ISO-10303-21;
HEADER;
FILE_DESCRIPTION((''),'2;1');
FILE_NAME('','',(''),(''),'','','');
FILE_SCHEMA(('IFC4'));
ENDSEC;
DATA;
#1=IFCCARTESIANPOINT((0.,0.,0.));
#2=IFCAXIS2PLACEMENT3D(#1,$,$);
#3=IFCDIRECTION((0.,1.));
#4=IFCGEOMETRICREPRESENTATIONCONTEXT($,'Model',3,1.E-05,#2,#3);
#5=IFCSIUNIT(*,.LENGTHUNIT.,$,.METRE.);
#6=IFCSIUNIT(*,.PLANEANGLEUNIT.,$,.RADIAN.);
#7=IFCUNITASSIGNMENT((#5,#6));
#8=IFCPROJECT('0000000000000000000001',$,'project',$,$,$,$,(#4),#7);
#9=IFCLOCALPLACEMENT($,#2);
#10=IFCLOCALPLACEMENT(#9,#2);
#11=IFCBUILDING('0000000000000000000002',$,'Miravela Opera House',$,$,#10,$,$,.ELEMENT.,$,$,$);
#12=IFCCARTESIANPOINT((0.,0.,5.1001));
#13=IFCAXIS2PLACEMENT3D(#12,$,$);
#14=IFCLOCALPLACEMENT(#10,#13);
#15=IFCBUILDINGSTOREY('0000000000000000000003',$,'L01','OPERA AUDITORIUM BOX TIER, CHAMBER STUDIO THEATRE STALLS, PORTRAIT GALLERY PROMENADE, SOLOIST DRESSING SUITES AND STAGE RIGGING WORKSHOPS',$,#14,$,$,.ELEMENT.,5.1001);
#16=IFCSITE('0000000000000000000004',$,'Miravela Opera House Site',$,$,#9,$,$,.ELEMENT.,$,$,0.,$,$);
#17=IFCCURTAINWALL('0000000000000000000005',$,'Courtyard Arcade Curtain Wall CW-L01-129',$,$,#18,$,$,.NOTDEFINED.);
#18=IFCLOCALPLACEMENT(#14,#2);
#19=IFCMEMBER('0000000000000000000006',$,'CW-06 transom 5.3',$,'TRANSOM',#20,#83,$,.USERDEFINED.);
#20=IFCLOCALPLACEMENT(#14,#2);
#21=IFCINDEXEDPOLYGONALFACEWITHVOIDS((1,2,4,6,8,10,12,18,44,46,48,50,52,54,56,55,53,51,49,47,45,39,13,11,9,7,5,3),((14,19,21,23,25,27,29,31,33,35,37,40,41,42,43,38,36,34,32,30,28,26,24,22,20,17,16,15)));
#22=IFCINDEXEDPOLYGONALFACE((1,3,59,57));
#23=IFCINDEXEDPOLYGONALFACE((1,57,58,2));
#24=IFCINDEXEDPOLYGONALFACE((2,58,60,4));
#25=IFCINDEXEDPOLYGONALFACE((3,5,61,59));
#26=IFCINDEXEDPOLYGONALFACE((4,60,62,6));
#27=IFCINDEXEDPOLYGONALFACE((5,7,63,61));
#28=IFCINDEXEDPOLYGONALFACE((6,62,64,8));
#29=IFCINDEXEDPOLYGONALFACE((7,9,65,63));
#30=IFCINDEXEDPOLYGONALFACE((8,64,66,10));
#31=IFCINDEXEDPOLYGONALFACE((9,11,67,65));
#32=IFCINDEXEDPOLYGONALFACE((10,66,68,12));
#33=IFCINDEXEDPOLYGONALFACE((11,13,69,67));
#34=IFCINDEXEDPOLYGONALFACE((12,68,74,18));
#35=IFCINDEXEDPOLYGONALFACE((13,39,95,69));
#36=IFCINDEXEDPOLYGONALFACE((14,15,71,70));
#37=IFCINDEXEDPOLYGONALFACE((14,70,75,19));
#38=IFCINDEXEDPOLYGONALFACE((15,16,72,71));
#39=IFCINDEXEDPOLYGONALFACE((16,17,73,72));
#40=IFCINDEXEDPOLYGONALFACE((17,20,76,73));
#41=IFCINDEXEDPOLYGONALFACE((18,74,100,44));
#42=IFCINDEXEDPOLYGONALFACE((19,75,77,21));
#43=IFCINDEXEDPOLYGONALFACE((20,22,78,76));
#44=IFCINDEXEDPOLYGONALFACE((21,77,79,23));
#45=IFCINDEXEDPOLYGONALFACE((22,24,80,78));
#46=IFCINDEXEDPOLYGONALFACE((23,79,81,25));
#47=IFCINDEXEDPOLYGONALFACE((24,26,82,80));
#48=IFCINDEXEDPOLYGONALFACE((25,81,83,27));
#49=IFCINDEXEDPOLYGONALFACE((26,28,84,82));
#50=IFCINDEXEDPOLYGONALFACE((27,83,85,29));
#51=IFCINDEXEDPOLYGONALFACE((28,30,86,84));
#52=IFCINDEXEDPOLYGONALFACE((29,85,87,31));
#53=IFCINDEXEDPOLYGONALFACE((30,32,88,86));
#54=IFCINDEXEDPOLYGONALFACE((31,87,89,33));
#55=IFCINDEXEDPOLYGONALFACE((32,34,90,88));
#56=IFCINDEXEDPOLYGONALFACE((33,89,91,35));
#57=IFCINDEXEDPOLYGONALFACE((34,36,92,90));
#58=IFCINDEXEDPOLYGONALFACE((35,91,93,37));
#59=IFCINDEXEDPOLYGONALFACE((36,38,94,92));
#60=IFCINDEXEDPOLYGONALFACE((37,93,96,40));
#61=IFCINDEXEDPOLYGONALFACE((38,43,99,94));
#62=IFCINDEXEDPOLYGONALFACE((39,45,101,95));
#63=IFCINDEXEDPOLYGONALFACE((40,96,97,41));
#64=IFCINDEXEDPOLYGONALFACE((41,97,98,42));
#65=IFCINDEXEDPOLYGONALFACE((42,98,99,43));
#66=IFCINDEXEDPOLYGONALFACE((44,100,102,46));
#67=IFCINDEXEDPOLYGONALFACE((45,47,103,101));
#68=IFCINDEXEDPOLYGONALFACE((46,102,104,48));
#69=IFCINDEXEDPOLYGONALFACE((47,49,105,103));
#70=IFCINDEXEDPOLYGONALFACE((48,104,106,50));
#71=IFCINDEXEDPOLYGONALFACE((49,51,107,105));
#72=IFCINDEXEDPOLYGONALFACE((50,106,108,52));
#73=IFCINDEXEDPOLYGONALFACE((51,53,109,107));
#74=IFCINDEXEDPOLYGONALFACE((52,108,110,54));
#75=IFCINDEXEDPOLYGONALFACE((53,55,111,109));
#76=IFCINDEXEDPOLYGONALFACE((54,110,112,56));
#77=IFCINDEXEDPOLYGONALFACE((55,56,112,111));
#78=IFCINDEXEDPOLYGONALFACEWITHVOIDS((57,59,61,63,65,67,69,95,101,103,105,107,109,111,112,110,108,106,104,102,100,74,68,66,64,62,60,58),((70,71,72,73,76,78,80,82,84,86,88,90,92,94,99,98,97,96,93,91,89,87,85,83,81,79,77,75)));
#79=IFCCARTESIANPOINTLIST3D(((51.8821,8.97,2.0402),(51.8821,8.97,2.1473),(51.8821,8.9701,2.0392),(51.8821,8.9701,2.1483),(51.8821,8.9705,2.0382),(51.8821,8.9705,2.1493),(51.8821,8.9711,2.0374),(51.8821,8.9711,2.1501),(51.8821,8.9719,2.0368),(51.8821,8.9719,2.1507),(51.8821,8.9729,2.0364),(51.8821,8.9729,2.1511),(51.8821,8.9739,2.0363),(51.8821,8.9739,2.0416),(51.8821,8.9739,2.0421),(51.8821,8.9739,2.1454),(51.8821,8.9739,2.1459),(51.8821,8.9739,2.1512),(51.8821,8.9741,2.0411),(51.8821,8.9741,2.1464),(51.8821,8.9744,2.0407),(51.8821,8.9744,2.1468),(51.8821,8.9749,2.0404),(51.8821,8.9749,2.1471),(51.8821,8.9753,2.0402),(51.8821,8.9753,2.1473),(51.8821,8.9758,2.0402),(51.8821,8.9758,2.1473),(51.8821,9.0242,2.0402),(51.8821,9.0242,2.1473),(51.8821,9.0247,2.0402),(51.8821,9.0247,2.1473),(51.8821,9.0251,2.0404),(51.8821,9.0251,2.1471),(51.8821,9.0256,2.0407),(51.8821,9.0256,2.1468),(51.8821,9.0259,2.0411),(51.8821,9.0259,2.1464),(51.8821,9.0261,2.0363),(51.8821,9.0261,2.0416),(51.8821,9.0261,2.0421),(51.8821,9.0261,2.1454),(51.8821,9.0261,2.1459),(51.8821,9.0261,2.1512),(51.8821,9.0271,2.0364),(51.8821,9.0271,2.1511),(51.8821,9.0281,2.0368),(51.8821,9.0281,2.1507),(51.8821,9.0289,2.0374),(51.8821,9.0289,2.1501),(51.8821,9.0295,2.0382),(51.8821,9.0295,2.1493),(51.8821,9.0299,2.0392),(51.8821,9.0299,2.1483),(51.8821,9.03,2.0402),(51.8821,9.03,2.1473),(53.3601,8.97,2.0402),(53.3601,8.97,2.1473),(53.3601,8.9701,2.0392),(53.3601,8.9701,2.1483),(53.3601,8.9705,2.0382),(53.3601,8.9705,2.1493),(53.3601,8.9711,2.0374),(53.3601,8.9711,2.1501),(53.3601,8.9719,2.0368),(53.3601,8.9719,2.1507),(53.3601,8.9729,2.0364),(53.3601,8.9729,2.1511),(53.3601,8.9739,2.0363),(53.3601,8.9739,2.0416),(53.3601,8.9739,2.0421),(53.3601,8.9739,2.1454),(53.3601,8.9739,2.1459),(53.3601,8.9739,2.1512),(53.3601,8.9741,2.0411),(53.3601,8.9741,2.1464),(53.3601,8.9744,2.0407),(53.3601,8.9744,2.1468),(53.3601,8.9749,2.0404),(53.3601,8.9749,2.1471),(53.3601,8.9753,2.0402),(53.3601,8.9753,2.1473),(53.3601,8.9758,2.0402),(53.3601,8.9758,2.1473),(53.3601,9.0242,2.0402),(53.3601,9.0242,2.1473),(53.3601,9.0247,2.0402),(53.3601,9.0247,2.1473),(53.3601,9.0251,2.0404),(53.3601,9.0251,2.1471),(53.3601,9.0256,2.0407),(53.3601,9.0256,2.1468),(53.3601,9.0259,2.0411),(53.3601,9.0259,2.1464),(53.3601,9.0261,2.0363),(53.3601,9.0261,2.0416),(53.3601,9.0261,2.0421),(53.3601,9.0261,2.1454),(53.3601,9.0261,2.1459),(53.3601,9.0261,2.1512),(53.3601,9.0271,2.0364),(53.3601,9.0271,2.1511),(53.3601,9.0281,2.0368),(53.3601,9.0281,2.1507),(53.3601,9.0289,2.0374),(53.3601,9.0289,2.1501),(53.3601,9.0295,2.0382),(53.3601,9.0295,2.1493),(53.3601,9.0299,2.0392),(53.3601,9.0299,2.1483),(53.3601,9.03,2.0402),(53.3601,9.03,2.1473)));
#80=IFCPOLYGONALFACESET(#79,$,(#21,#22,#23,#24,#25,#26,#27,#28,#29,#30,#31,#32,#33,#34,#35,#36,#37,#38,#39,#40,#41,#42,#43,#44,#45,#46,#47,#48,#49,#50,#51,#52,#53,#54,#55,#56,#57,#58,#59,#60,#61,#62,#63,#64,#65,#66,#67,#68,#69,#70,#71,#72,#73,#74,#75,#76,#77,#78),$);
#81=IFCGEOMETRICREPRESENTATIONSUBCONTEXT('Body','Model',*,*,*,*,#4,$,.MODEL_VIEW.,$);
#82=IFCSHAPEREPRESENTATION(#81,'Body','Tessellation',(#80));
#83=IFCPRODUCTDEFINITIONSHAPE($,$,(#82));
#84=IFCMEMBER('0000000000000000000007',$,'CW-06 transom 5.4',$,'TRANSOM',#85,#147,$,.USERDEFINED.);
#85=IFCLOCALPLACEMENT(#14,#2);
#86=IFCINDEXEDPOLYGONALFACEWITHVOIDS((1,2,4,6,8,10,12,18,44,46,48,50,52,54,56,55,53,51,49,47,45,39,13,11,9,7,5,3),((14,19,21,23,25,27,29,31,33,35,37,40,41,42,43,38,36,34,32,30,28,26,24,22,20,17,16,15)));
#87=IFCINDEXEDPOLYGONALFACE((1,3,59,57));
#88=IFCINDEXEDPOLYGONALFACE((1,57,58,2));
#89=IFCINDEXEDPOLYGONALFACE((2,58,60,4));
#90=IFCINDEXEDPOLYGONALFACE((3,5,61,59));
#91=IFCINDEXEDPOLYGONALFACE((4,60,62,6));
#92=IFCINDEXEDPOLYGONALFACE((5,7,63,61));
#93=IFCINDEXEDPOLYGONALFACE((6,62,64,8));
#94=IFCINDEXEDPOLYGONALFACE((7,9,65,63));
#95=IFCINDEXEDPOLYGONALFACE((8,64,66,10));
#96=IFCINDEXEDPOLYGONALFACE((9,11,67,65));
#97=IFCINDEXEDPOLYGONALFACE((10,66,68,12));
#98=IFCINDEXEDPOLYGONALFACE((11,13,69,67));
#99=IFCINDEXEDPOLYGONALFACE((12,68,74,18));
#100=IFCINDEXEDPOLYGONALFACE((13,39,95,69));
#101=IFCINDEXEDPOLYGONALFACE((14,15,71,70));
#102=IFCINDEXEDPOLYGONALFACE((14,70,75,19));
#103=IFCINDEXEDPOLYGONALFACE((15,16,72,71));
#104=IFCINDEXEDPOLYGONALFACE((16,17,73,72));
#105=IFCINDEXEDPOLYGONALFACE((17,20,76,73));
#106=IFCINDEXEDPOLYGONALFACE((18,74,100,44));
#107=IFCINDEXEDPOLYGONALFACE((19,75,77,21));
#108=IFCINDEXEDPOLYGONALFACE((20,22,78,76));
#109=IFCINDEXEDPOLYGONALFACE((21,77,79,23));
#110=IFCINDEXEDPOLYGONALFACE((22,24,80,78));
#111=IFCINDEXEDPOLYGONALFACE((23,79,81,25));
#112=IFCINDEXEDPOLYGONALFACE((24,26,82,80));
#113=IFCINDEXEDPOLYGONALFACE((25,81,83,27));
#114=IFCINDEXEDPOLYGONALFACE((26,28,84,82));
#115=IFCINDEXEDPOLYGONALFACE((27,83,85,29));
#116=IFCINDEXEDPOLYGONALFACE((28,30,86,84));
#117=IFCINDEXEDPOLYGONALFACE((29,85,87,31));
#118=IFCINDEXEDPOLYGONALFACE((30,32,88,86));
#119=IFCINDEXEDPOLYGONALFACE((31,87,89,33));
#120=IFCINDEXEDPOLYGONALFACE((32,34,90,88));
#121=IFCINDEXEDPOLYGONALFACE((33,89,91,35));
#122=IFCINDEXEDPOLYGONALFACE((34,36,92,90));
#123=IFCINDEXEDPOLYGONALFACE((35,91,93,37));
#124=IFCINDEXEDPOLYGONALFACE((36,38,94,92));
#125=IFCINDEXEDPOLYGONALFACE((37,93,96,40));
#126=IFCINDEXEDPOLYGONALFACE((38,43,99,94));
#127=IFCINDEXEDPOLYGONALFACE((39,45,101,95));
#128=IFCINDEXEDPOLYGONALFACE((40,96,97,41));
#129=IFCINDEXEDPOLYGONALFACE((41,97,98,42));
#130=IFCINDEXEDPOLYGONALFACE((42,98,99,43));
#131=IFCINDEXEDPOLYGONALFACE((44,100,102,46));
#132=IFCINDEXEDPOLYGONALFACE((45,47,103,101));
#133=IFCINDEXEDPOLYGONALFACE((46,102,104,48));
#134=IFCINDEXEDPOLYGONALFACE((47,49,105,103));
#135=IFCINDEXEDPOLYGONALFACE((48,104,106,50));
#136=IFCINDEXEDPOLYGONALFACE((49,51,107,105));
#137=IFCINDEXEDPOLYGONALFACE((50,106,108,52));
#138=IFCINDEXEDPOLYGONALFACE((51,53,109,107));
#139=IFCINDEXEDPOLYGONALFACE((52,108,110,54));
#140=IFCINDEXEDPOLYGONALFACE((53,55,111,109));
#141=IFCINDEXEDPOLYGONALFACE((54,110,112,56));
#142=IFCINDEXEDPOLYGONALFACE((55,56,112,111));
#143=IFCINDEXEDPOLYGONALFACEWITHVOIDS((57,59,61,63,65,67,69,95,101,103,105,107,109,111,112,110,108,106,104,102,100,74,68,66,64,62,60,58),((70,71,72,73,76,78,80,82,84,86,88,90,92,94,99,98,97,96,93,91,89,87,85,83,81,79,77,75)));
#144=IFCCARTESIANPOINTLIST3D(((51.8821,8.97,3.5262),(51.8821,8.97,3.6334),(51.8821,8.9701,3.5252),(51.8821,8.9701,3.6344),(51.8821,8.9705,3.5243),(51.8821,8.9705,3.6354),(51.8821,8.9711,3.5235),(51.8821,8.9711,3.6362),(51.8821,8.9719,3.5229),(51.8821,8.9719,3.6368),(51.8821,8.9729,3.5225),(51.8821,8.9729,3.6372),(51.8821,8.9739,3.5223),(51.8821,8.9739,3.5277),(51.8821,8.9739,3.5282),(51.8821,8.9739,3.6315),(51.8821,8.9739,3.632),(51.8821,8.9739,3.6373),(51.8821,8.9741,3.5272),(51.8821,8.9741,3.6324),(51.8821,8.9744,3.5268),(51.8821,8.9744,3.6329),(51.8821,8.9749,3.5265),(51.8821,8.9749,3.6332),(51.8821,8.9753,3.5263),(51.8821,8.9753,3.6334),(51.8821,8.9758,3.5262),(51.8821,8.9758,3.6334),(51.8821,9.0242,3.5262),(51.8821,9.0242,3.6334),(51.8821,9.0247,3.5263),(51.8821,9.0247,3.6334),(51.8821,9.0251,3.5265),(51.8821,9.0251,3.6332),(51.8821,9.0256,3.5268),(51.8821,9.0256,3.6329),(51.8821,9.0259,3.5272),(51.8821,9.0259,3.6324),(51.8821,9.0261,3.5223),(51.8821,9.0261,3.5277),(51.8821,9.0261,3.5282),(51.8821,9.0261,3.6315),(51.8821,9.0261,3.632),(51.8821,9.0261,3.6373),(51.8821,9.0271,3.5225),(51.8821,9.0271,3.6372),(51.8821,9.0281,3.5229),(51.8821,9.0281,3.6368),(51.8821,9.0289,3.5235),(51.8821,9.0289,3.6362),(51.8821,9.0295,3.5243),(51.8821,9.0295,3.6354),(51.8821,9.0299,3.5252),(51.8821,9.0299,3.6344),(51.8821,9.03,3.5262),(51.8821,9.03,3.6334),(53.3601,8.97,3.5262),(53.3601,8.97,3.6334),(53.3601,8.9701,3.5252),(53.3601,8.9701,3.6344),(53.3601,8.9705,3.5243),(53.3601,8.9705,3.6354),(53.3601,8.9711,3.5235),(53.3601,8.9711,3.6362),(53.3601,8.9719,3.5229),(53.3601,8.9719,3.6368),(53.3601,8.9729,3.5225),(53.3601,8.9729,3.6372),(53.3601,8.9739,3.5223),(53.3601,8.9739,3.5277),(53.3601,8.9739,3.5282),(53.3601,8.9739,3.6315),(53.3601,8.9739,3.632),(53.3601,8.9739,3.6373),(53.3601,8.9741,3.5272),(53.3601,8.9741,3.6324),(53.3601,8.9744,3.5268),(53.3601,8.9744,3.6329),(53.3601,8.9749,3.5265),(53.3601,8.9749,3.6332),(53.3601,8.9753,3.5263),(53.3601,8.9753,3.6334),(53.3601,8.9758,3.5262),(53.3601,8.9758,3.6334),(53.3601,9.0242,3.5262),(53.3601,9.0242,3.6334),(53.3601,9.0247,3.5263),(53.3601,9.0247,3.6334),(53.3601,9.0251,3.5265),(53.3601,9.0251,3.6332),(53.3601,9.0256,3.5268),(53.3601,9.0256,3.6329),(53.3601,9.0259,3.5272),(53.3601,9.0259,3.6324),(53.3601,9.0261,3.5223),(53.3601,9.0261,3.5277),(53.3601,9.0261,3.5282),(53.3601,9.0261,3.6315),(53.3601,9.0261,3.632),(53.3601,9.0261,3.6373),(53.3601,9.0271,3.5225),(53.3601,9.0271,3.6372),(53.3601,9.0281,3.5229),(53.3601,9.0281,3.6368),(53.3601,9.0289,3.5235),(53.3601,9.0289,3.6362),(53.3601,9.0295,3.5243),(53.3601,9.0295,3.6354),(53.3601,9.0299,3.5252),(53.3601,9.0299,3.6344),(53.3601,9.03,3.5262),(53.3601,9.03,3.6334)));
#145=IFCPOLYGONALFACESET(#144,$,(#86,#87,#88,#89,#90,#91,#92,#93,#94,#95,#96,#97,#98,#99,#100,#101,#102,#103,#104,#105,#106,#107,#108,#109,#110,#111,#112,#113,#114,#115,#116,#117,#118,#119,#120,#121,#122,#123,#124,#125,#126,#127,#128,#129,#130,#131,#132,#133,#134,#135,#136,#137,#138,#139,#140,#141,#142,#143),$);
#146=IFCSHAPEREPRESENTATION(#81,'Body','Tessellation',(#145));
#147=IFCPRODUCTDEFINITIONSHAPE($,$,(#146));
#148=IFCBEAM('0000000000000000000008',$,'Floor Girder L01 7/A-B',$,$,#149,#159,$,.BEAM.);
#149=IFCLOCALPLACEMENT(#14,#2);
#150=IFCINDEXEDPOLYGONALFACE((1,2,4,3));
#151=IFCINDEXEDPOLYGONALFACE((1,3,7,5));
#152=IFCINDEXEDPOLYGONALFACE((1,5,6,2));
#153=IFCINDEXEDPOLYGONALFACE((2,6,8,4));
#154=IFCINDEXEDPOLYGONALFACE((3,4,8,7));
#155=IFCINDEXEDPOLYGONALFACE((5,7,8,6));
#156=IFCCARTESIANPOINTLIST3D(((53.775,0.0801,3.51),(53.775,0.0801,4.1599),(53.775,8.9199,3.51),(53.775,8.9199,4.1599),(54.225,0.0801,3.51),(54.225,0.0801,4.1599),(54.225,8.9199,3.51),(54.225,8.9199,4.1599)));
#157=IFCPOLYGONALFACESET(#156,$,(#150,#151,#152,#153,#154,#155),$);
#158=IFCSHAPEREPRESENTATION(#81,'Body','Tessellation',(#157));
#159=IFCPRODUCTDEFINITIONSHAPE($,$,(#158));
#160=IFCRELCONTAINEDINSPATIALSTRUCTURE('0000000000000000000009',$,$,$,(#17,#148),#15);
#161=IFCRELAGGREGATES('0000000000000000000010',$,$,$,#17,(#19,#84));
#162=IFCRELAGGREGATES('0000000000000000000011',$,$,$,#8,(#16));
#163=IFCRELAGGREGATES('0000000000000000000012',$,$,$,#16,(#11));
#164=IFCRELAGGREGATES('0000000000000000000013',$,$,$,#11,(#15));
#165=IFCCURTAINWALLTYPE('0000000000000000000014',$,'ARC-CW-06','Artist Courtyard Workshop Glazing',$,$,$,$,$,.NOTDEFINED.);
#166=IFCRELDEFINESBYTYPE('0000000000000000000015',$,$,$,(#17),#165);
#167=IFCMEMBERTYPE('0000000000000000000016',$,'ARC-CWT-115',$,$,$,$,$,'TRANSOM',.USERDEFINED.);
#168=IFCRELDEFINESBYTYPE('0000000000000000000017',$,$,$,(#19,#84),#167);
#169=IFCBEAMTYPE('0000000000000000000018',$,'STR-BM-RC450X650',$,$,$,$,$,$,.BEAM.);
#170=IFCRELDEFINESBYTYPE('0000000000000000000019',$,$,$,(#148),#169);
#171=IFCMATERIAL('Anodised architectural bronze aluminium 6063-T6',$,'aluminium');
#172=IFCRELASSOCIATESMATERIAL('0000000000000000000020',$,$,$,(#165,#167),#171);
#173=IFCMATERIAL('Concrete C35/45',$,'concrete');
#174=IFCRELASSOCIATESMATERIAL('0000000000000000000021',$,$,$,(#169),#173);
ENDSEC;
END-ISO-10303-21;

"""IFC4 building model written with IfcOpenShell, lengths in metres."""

from ifc_helpers import new_model, si_unit, direction, frame, origin, origin_2d, place, context, subcontext, project, spatial, rectangle, hollow_rectangle, extrude, material, material_profile, profile_set, type_object, element, aggregate, save


model = new_model("IFC4")

# Units and contexts
model_context = context("Model", 3, precision=1e-05, world=origin(), true_north=direction((0.0, 1.0)))
body_context = subcontext(model_context, "Body", "Model", "MODEL_VIEW")
ifc_project = project(units=[si_unit("LENGTHUNIT", "METRE"), si_unit("PLANEANGLEUNIT", "RADIAN")], contexts=[model_context])

# Site, building, storey
site_placement = place(None, origin())
site = spatial("IfcSite", under=ifc_project, at=site_placement, Name="Miravela Opera House Site", CompositionType="ELEMENT", RefElevation=0.0)
building_placement = place(site_placement, origin())
building = spatial("IfcBuilding", under=site, at=building_placement, Name="Miravela Opera House", CompositionType="ELEMENT")
storey_placement = place(building_placement, frame((0.0, 0.0, 5.1001)))
storey = spatial("IfcBuildingStorey", under=building, at=storey_placement, Name="L01", Description="OPERA AUDITORIUM BOX TIER, CHAMBER STUDIO THEATRE STALLS, PORTRAIT GALLERY PROMENADE, SOLOIST DRESSING SUITES AND STAGE RIGGING WORKSHOPS", CompositionType="ELEMENT", Elevation=5.1001)

# Shared definitions
ifc_material_1 = material(Name="Concrete C35/45", Category="concrete")

# Curtain wall, members
ifc_material_2 = material(Name="Anodised architectural bronze aluminium 6063-T6", Category="aluminium")
curtain_wall_type = type_object("IfcCurtainWallType", Name="ARC-CW-06", Description="Artist Courtyard Workshop Glazing", PredefinedType="NOTDEFINED", material=ifc_material_2)
curtain_wall_placement = place(storey_placement, origin())
curtain_wall = element("IfcCurtainWall", 1, at=curtain_wall_placement, inside=storey, type_object=curtain_wall_type, Name="Courtyard Arcade Curtain Wall CW-L01-129", PredefinedType="NOTDEFINED")
ifc_material_profile_1 = material_profile(ifc_material_2, hollow_rectangle(XDim=0.0601, YDim=0.115, WallThickness=0.0039, InnerFilletRadius=0.002, OuterFilletRadius=0.0039, at=origin_2d()), Name="CWT-60X115")
ifc_profile_set_1 = profile_set([ifc_material_profile_1])
member_type_1 = type_object("IfcMemberType", Name="ARC-CWT-115", ElementType="TRANSOM", PredefinedType="USERDEFINED", material=ifc_profile_set_1)
member_1_placement = place(storey_placement, frame((51.8821, 9.0, 2.0938), z_axis=(1.0, 0.0, 0.0), x_axis=(0.0, 1.0, 0.0)))
member_1 = element("IfcMember", 2, at=member_1_placement, type_object=member_type_1, Name="CW-06 transom 5.3", ObjectType="TRANSOM", PredefinedType="USERDEFINED", context=body_context, shape_type="SweptSolid", body=[
    extrude(hollow_rectangle(XDim=0.0601, YDim=0.115, WallThickness=0.0039, InnerFilletRadius=0.002, OuterFilletRadius=0.0039, at=origin_2d()), origin(), (0.0, 0.0, 1.0), 1.478),
])
member_2_placement = place(storey_placement, frame((51.8821, 9.0, 3.5798), z_axis=(1.0, 0.0, 0.0), x_axis=(0.0, 1.0, 0.0)))
member_2 = element("IfcMember", 3, at=member_2_placement, type_object=member_type_1, Name="CW-06 transom 5.4", ObjectType="TRANSOM", PredefinedType="USERDEFINED", context=body_context, shape_type="SweptSolid", body=[
    extrude(hollow_rectangle(XDim=0.0601, YDim=0.115, WallThickness=0.0039, InnerFilletRadius=0.002, OuterFilletRadius=0.0039, at=origin_2d()), origin(), (0.0, 0.0, 1.0), 1.478),
])

# Beam
ifc_material_profile_2 = material_profile(ifc_material_1, rectangle(XDim=0.45, YDim=0.6499, at=origin_2d()), Name="RC-BM-450X650")
ifc_profile_set_2 = profile_set([ifc_material_profile_2])
beam_type_1 = type_object("IfcBeamType", Name="STR-BM-RC450X650", PredefinedType="BEAM", material=ifc_profile_set_2)
beam_1_placement = place(storey_placement, frame((54.0, 0.0801, 3.835), z_axis=(0.0, 1.0, 0.0), x_axis=(-1.0, 0.0, 0.0)))
element("IfcBeam", 4, at=beam_1_placement, inside=storey, type_object=beam_type_1, Name="Floor Girder L01 7/A-B", PredefinedType="BEAM", context=body_context, shape_type="SweptSolid", body=[
    extrude(rectangle(XDim=0.45, YDim=0.6499, at=origin_2d()), origin(), (0.0, 0.0, 1.0), 8.8398),
])

aggregate(curtain_wall, [member_1, member_2])

save(model, "model.ifc")
